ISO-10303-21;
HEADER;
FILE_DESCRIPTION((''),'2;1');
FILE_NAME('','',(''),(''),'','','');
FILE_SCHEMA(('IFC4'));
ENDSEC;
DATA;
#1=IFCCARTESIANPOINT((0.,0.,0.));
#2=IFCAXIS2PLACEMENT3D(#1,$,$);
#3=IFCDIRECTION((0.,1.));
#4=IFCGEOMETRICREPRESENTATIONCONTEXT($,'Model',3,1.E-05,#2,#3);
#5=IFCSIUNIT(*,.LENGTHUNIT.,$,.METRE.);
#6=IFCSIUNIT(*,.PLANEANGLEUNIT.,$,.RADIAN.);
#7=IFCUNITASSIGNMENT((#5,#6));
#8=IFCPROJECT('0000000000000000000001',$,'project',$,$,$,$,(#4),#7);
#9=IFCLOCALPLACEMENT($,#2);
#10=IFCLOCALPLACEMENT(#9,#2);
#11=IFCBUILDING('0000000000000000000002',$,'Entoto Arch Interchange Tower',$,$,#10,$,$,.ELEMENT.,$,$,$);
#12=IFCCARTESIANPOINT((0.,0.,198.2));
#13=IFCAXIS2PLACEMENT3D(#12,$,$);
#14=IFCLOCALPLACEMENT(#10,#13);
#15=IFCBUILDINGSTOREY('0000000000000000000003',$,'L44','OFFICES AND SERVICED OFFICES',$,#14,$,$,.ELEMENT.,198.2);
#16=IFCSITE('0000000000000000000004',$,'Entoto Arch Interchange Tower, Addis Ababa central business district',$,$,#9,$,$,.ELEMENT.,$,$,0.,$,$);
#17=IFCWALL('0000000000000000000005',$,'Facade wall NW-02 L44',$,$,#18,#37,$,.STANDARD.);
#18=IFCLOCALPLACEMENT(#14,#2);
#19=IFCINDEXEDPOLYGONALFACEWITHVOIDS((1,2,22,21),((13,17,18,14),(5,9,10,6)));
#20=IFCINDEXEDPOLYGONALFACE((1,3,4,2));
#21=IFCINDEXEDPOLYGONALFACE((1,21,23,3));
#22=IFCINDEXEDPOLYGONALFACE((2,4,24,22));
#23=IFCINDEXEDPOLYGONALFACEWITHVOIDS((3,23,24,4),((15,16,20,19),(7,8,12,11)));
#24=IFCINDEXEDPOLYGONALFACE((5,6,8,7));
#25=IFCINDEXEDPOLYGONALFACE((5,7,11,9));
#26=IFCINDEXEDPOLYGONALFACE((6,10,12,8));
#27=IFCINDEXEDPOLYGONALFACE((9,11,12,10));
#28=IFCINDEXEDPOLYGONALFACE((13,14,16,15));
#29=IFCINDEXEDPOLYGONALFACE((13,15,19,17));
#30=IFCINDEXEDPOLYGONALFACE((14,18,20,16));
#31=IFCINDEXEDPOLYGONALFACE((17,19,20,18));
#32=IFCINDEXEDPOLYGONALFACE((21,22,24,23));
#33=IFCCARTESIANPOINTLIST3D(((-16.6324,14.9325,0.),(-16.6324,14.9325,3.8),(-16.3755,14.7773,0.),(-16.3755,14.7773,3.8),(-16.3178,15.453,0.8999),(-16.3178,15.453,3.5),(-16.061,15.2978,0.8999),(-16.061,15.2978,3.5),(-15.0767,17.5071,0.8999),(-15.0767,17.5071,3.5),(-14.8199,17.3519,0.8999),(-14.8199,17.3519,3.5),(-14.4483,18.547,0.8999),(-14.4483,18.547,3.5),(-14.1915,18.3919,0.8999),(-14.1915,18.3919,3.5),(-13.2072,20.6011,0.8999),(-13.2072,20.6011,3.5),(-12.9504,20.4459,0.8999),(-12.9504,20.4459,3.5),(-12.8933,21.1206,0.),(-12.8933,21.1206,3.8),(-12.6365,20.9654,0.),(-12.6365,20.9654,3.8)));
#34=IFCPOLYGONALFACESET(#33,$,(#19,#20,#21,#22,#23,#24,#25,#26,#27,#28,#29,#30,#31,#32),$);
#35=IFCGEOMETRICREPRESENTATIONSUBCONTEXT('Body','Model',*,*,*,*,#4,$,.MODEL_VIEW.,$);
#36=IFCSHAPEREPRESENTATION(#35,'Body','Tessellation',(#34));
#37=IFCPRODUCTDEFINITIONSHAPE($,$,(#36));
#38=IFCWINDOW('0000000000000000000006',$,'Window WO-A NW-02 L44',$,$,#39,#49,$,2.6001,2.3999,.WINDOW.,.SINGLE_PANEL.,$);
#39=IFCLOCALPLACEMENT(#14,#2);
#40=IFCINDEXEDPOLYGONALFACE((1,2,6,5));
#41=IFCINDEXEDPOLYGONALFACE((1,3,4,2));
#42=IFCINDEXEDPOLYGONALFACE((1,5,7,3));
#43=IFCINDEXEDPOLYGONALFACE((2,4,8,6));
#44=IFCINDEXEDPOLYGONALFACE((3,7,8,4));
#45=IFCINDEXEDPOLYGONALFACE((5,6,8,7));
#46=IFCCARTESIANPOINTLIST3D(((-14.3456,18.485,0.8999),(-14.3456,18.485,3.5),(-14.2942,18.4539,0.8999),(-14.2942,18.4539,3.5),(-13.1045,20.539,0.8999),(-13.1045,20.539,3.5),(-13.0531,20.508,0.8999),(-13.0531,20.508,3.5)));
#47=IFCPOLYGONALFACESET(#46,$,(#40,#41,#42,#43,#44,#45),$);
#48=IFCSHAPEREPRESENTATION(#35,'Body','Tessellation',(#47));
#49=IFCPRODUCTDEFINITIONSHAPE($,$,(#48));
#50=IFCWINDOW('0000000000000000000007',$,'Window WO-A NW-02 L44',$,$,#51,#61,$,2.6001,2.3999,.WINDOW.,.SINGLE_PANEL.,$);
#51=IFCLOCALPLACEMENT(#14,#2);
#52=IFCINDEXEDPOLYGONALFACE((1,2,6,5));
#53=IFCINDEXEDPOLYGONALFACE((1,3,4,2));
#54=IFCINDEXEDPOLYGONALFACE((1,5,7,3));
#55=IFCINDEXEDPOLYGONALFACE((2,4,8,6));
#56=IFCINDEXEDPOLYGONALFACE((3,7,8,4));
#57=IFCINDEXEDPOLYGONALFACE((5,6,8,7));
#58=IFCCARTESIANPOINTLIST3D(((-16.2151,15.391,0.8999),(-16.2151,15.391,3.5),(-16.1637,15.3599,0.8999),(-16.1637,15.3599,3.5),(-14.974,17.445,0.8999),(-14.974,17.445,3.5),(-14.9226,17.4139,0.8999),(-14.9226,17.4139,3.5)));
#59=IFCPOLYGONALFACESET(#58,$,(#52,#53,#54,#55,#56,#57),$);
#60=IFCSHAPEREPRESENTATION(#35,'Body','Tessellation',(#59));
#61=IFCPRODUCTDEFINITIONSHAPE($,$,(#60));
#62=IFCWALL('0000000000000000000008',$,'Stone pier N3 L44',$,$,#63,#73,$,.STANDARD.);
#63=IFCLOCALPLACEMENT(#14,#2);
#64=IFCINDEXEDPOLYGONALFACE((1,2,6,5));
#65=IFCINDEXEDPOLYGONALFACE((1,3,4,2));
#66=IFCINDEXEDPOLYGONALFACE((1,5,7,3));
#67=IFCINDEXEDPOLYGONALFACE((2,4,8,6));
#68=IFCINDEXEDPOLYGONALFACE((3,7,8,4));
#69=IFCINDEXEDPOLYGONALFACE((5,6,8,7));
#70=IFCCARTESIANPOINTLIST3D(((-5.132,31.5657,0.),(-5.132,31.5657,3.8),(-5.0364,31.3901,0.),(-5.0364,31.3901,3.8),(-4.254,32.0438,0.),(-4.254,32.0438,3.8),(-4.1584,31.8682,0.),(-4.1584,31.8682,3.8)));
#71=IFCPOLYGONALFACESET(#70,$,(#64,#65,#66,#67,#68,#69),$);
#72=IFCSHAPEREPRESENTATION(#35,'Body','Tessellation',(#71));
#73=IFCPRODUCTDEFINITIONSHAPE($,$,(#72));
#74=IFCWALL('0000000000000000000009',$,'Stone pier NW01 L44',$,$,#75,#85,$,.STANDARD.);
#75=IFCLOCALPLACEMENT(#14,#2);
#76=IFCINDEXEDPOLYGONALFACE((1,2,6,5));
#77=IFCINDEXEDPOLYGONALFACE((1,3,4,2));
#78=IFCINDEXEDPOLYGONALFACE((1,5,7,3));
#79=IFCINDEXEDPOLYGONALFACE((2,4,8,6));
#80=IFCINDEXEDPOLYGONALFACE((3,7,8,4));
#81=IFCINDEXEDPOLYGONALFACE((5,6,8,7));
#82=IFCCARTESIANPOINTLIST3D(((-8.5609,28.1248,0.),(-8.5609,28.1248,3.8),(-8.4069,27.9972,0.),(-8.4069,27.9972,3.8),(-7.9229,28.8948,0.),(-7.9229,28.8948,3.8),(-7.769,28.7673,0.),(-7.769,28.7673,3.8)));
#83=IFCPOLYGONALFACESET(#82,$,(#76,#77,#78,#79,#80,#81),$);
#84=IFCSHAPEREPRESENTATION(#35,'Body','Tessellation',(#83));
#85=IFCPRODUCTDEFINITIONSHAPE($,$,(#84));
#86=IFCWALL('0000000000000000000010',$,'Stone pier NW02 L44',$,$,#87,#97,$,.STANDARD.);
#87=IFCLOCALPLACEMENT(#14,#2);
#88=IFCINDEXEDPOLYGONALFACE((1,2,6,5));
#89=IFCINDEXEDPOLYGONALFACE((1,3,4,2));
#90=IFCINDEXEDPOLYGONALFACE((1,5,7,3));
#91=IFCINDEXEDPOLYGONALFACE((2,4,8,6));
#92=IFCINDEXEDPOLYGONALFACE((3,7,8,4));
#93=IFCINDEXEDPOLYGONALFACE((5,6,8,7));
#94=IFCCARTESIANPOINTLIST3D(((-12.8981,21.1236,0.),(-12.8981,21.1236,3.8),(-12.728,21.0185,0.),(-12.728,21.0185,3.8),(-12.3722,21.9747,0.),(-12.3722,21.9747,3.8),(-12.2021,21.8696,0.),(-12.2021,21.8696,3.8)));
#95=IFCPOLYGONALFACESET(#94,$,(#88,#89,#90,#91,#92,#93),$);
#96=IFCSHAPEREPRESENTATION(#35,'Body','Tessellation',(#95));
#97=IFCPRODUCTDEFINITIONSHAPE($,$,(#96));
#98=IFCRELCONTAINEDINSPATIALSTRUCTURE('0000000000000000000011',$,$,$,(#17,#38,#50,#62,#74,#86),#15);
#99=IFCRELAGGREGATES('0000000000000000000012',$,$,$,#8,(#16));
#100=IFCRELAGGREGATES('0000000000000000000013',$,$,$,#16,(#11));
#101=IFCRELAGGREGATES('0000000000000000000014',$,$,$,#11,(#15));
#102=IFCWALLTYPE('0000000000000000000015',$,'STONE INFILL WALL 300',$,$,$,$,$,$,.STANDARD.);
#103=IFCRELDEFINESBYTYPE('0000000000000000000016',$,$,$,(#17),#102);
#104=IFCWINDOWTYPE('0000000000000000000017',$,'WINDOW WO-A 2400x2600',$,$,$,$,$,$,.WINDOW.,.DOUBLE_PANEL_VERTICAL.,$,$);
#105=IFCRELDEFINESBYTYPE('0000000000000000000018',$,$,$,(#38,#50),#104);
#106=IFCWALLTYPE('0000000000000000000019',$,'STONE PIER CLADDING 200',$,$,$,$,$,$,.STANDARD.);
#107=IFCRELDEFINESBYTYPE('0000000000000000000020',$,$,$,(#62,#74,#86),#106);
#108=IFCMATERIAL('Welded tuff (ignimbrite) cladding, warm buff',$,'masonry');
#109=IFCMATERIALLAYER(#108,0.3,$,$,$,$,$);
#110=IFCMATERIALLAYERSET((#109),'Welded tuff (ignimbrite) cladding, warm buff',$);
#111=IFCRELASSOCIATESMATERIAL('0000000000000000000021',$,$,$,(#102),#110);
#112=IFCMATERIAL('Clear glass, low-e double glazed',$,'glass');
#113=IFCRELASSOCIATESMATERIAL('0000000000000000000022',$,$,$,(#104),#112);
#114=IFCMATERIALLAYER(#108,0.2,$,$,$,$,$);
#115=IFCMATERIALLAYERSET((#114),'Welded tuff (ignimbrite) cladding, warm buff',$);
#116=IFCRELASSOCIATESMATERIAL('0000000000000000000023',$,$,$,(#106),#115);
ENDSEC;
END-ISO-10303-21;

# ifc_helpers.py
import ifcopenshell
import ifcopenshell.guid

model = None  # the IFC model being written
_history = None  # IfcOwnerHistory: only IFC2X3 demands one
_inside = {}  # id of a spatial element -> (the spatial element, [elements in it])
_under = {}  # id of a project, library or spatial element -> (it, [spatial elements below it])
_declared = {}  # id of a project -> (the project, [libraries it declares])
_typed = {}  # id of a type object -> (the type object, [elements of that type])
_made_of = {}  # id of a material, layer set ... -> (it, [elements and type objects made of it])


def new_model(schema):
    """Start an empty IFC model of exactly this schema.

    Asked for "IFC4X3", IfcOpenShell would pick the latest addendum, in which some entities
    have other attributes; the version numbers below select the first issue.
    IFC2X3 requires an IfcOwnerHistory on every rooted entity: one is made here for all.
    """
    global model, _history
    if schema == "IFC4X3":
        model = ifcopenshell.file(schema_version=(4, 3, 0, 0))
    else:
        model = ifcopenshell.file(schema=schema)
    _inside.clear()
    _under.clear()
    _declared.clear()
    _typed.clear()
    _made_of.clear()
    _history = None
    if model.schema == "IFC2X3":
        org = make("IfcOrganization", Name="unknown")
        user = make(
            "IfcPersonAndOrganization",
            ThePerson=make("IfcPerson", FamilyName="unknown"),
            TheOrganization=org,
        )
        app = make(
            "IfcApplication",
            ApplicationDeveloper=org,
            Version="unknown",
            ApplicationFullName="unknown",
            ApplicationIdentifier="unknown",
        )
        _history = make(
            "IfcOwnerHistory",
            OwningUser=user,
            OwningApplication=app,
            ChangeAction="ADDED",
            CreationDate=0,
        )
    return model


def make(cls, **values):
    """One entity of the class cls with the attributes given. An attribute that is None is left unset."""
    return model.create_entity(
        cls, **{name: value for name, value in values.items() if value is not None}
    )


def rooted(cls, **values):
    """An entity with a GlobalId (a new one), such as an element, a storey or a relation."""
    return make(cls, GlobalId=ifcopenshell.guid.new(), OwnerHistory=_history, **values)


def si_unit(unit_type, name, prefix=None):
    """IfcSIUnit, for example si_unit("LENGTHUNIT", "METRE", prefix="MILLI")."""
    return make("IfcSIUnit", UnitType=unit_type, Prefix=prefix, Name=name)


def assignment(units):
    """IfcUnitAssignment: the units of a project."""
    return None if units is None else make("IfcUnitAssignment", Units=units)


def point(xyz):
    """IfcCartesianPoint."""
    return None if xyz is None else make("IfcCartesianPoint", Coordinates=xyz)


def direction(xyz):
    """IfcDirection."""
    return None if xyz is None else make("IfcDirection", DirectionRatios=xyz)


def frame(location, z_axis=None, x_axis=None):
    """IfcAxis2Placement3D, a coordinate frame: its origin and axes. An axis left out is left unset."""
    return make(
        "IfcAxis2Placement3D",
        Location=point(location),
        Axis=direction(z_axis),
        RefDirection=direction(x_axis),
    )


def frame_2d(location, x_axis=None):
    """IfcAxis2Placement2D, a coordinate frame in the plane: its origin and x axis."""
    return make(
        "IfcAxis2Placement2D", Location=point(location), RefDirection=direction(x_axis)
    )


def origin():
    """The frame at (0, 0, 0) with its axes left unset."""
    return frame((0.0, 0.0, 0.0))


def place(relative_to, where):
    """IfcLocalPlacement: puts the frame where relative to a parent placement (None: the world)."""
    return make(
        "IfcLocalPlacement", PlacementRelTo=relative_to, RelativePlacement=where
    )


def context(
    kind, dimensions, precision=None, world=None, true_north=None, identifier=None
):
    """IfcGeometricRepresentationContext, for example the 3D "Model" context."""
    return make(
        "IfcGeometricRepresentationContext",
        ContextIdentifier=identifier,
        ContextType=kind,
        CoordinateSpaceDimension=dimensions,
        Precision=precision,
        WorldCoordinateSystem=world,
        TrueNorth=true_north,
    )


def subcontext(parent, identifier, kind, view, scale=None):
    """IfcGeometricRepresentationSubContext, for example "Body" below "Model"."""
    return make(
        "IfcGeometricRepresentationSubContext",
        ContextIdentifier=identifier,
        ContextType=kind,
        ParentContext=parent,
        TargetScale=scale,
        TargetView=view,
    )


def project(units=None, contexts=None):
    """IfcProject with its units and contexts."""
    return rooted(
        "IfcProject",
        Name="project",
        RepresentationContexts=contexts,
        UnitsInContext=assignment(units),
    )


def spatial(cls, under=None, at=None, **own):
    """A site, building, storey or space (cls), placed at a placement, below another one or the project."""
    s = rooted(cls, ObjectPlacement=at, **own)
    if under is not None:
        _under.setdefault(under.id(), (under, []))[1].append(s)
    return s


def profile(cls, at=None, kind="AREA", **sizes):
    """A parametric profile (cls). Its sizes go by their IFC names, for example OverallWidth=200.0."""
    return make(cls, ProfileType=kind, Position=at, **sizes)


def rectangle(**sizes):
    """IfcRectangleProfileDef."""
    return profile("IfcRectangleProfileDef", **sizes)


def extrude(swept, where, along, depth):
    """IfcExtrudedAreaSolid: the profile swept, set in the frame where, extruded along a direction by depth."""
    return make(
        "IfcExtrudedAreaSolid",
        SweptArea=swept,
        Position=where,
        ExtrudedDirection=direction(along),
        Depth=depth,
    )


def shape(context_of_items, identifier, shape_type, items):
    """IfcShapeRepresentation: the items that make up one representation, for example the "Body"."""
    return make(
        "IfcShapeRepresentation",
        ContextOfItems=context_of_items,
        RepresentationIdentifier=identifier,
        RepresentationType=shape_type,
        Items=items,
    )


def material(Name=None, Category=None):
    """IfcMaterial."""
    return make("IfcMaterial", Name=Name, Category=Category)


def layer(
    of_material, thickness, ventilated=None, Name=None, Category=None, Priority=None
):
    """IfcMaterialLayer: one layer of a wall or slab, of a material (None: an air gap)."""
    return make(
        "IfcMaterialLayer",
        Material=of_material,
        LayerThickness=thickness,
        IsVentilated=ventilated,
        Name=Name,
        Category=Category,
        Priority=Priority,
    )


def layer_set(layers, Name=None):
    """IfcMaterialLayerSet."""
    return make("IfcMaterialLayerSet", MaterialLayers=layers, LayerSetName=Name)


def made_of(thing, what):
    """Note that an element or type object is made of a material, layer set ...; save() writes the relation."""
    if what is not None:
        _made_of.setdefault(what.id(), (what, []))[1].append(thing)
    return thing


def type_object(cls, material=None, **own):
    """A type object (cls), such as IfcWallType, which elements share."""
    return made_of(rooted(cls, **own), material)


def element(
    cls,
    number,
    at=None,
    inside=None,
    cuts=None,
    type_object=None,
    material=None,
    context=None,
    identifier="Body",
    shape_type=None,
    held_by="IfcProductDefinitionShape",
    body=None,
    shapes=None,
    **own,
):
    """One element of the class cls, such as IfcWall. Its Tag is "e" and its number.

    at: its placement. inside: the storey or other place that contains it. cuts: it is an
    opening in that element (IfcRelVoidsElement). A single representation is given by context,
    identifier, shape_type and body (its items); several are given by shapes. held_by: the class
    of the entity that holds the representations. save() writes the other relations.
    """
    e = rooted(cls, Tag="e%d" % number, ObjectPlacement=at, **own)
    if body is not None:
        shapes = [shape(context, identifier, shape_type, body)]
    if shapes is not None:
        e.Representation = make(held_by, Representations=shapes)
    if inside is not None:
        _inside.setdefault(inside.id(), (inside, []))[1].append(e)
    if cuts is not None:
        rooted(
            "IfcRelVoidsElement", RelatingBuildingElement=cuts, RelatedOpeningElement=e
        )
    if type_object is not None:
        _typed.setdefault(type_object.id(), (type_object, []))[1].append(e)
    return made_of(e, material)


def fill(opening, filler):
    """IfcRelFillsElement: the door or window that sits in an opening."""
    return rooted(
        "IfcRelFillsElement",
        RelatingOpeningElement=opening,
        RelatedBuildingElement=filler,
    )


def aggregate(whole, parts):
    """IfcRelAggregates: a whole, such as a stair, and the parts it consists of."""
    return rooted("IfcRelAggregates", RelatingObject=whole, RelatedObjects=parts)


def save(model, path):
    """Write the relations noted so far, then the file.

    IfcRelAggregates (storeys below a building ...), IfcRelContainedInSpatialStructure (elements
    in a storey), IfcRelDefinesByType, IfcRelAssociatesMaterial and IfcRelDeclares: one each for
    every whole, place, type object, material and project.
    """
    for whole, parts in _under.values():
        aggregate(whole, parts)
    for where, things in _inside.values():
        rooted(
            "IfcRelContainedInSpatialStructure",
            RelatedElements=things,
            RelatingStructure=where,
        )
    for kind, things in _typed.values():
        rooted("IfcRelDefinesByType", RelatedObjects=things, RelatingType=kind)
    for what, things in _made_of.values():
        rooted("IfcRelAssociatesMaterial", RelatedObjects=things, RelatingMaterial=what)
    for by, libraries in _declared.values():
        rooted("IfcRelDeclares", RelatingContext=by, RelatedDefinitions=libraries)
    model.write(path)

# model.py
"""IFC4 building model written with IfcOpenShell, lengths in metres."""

from ifc_helpers import new_model, si_unit, direction, frame, frame_2d, origin, place, context, subcontext, project, spatial, rectangle, extrude, material, layer, layer_set, type_object, element, fill, save


model = new_model("IFC4")

# Units and contexts
model_context = context("Model", 3, precision=1e-05, world=origin(), true_north=direction((0.0, 1.0)))
body_context = subcontext(model_context, "Body", "Model", "MODEL_VIEW")
ifc_project = project(units=[si_unit("LENGTHUNIT", "METRE"), si_unit("PLANEANGLEUNIT", "RADIAN")], contexts=[model_context])

# Site, building, storey
site_placement = place(None, origin())
site = spatial("IfcSite", under=ifc_project, at=site_placement, Name="Entoto Arch Interchange Tower, Addis Ababa central business district", CompositionType="ELEMENT", RefElevation=0.0)
building_placement = place(site_placement, origin())
building = spatial("IfcBuilding", under=site, at=building_placement, Name="Entoto Arch Interchange Tower", CompositionType="ELEMENT")
storey_placement = place(building_placement, frame((0.0, 0.0, 198.2)))
storey = spatial("IfcBuildingStorey", under=building, at=storey_placement, Name="L44", Description="OFFICES AND SERVICED OFFICES", CompositionType="ELEMENT", Elevation=198.2)

# Shared definitions
ifc_material_1 = material(Name="Welded tuff (ignimbrite) cladding, warm buff", Category="masonry")
ifc_layer_1 = layer(ifc_material_1, 0.3)
ifc_layer_set_1 = layer_set([ifc_layer_1], Name="Welded tuff (ignimbrite) cladding, warm buff")
wall_type_1 = type_object("IfcWallType", Name="STONE INFILL WALL 300", PredefinedType="STANDARD", material=ifc_layer_set_1)
ifc_material_2 = material(Name="Clear glass, low-e double glazed", Category="glass")

# Wall, openings, windows
window_type_1 = type_object("IfcWindowType", Name="WINDOW WO-A 2400x2600", PartitioningType="DOUBLE_PANEL_VERTICAL", PredefinedType="WINDOW", material=ifc_material_2)
wall_1_placement = place(storey_placement, frame((-12.7649, 21.043, 0.0), z_axis=(0.0, 0.0, 1.0), x_axis=(-0.51716, -0.855889, 0.0)))
wall_1 = element("IfcWall", 1, at=wall_1_placement, inside=storey, type_object=wall_type_1, Name="Facade wall NW-02 L44", PredefinedType="STANDARD", context=body_context, shape_type="SweptSolid", body=[
    extrude(rectangle(XDim=7.23, YDim=0.3, at=frame_2d((3.615, 0.0))), origin(), (0.0, 0.0, 1.0), 3.8),
])
opening_1_placement = place(wall_1_placement, frame((0.6069, 0.0, 0.8999)))
opening_1 = element("IfcOpeningElement", 2, at=opening_1_placement, cuts=wall_1, PredefinedType="OPENING", context=body_context, shape_type="SweptSolid", body=[
    extrude(rectangle(XDim=2.3999, YDim=2.6001, at=frame_2d((1.2, 1.3))), frame((0.0, 0.1602, 0.0), z_axis=(0.0, -1.0, 0.0), x_axis=(1.0, 0.0, 0.0)), (0.0, 0.0, 1.0), 0.3201),
])
opening_2_placement = place(wall_1_placement, frame((4.2219, 0.0, 0.8999)))
opening_2 = element("IfcOpeningElement", 3, at=opening_2_placement, cuts=wall_1, PredefinedType="OPENING", context=body_context, shape_type="SweptSolid", body=[
    extrude(rectangle(XDim=2.3999, YDim=2.6001, at=frame_2d((1.2, 1.3))), frame((0.0, 0.1602, 0.0), z_axis=(0.0, -1.0, 0.0), x_axis=(1.0, 0.0, 0.0)), (0.0, 0.0, 1.0), 0.3201),
])
window_1_placement = place(opening_1_placement, origin())
window_1 = element("IfcWindow", 4, at=window_1_placement, inside=storey, type_object=window_type_1, Name="Window WO-A NW-02 L44", OverallHeight=2.6001, OverallWidth=2.3999, PartitioningType="SINGLE_PANEL", PredefinedType="WINDOW", context=body_context, shape_type="SweptSolid", body=[
    extrude(rectangle(XDim=2.3999, YDim=2.6001, at=frame_2d((1.2, 1.3))), frame((0.0, 0.03, 0.0), z_axis=(0.0, -1.0, 0.0), x_axis=(1.0, 0.0, 0.0)), (0.0, 0.0, 1.0), 0.0601),
])
fill(opening_1, window_1)
window_2_placement = place(opening_2_placement, origin())
window_2 = element("IfcWindow", 5, at=window_2_placement, inside=storey, type_object=window_type_1, Name="Window WO-A NW-02 L44", OverallHeight=2.6001, OverallWidth=2.3999, PartitioningType="SINGLE_PANEL", PredefinedType="WINDOW", context=body_context, shape_type="SweptSolid", body=[
    extrude(rectangle(XDim=2.3999, YDim=2.6001, at=frame_2d((1.2, 1.3))), frame((0.0, 0.03, 0.0), z_axis=(0.0, -1.0, 0.0), x_axis=(1.0, 0.0, 0.0)), (0.0, 0.0, 1.0), 0.0601),
])
fill(opening_2, window_2)

# Walls
ifc_layer_2 = layer(ifc_material_1, 0.2)
ifc_layer_set_2 = layer_set([ifc_layer_2], Name="Welded tuff (ignimbrite) cladding, warm buff")
wall_type_2 = type_object("IfcWallType", Name="STONE PIER CLADDING 200", PredefinedType="STANDARD", material=ifc_layer_set_2)
wall_2_placement = place(storey_placement, frame((-4.2061, 31.9561, 0.0), z_axis=(0.0, 0.0, 1.0), x_axis=(-0.87825, -0.478202, 0.0)))
element("IfcWall", 6, at=wall_2_placement, inside=storey, type_object=wall_type_2, Name="Stone pier N3 L44", PredefinedType="STANDARD", context=body_context, shape_type="SweptSolid", body=[
    extrude(rectangle(XDim=0.9998, YDim=0.2, at=frame_2d((0.5, 0.0))), origin(), (0.0, 0.0, 1.0), 3.8),
])
wall_3_placement = place(storey_placement, frame((-7.8459, 28.8311, 0.0), z_axis=(0.0, 0.0, 1.0), x_axis=(-0.637972, -0.770059, 0.0)))
element("IfcWall", 7, at=wall_3_placement, inside=storey, type_object=wall_type_2, Name="Stone pier NW01 L44", PredefinedType="STANDARD", context=body_context, shape_type="SweptSolid", body=[
    extrude(rectangle(XDim=1.0, YDim=0.2, at=frame_2d((0.5, 0.0))), origin(), (0.0, 0.0, 1.0), 3.8),
])
wall_4_placement = place(storey_placement, frame((-12.2871, 21.9221, 0.0), z_axis=(0.0, 0.0, 1.0), x_axis=(-0.525649, -0.850702, 0.0)))
element("IfcWall", 8, at=wall_4_placement, inside=storey, type_object=wall_type_2, Name="Stone pier NW02 L44", PredefinedType="STANDARD", context=body_context, shape_type="SweptSolid", body=[
    extrude(rectangle(XDim=1.0005, YDim=0.2, at=frame_2d((0.5002, 0.0))), origin(), (0.0, 0.0, 1.0), 3.8),
])

save(model, "model.ifc")
